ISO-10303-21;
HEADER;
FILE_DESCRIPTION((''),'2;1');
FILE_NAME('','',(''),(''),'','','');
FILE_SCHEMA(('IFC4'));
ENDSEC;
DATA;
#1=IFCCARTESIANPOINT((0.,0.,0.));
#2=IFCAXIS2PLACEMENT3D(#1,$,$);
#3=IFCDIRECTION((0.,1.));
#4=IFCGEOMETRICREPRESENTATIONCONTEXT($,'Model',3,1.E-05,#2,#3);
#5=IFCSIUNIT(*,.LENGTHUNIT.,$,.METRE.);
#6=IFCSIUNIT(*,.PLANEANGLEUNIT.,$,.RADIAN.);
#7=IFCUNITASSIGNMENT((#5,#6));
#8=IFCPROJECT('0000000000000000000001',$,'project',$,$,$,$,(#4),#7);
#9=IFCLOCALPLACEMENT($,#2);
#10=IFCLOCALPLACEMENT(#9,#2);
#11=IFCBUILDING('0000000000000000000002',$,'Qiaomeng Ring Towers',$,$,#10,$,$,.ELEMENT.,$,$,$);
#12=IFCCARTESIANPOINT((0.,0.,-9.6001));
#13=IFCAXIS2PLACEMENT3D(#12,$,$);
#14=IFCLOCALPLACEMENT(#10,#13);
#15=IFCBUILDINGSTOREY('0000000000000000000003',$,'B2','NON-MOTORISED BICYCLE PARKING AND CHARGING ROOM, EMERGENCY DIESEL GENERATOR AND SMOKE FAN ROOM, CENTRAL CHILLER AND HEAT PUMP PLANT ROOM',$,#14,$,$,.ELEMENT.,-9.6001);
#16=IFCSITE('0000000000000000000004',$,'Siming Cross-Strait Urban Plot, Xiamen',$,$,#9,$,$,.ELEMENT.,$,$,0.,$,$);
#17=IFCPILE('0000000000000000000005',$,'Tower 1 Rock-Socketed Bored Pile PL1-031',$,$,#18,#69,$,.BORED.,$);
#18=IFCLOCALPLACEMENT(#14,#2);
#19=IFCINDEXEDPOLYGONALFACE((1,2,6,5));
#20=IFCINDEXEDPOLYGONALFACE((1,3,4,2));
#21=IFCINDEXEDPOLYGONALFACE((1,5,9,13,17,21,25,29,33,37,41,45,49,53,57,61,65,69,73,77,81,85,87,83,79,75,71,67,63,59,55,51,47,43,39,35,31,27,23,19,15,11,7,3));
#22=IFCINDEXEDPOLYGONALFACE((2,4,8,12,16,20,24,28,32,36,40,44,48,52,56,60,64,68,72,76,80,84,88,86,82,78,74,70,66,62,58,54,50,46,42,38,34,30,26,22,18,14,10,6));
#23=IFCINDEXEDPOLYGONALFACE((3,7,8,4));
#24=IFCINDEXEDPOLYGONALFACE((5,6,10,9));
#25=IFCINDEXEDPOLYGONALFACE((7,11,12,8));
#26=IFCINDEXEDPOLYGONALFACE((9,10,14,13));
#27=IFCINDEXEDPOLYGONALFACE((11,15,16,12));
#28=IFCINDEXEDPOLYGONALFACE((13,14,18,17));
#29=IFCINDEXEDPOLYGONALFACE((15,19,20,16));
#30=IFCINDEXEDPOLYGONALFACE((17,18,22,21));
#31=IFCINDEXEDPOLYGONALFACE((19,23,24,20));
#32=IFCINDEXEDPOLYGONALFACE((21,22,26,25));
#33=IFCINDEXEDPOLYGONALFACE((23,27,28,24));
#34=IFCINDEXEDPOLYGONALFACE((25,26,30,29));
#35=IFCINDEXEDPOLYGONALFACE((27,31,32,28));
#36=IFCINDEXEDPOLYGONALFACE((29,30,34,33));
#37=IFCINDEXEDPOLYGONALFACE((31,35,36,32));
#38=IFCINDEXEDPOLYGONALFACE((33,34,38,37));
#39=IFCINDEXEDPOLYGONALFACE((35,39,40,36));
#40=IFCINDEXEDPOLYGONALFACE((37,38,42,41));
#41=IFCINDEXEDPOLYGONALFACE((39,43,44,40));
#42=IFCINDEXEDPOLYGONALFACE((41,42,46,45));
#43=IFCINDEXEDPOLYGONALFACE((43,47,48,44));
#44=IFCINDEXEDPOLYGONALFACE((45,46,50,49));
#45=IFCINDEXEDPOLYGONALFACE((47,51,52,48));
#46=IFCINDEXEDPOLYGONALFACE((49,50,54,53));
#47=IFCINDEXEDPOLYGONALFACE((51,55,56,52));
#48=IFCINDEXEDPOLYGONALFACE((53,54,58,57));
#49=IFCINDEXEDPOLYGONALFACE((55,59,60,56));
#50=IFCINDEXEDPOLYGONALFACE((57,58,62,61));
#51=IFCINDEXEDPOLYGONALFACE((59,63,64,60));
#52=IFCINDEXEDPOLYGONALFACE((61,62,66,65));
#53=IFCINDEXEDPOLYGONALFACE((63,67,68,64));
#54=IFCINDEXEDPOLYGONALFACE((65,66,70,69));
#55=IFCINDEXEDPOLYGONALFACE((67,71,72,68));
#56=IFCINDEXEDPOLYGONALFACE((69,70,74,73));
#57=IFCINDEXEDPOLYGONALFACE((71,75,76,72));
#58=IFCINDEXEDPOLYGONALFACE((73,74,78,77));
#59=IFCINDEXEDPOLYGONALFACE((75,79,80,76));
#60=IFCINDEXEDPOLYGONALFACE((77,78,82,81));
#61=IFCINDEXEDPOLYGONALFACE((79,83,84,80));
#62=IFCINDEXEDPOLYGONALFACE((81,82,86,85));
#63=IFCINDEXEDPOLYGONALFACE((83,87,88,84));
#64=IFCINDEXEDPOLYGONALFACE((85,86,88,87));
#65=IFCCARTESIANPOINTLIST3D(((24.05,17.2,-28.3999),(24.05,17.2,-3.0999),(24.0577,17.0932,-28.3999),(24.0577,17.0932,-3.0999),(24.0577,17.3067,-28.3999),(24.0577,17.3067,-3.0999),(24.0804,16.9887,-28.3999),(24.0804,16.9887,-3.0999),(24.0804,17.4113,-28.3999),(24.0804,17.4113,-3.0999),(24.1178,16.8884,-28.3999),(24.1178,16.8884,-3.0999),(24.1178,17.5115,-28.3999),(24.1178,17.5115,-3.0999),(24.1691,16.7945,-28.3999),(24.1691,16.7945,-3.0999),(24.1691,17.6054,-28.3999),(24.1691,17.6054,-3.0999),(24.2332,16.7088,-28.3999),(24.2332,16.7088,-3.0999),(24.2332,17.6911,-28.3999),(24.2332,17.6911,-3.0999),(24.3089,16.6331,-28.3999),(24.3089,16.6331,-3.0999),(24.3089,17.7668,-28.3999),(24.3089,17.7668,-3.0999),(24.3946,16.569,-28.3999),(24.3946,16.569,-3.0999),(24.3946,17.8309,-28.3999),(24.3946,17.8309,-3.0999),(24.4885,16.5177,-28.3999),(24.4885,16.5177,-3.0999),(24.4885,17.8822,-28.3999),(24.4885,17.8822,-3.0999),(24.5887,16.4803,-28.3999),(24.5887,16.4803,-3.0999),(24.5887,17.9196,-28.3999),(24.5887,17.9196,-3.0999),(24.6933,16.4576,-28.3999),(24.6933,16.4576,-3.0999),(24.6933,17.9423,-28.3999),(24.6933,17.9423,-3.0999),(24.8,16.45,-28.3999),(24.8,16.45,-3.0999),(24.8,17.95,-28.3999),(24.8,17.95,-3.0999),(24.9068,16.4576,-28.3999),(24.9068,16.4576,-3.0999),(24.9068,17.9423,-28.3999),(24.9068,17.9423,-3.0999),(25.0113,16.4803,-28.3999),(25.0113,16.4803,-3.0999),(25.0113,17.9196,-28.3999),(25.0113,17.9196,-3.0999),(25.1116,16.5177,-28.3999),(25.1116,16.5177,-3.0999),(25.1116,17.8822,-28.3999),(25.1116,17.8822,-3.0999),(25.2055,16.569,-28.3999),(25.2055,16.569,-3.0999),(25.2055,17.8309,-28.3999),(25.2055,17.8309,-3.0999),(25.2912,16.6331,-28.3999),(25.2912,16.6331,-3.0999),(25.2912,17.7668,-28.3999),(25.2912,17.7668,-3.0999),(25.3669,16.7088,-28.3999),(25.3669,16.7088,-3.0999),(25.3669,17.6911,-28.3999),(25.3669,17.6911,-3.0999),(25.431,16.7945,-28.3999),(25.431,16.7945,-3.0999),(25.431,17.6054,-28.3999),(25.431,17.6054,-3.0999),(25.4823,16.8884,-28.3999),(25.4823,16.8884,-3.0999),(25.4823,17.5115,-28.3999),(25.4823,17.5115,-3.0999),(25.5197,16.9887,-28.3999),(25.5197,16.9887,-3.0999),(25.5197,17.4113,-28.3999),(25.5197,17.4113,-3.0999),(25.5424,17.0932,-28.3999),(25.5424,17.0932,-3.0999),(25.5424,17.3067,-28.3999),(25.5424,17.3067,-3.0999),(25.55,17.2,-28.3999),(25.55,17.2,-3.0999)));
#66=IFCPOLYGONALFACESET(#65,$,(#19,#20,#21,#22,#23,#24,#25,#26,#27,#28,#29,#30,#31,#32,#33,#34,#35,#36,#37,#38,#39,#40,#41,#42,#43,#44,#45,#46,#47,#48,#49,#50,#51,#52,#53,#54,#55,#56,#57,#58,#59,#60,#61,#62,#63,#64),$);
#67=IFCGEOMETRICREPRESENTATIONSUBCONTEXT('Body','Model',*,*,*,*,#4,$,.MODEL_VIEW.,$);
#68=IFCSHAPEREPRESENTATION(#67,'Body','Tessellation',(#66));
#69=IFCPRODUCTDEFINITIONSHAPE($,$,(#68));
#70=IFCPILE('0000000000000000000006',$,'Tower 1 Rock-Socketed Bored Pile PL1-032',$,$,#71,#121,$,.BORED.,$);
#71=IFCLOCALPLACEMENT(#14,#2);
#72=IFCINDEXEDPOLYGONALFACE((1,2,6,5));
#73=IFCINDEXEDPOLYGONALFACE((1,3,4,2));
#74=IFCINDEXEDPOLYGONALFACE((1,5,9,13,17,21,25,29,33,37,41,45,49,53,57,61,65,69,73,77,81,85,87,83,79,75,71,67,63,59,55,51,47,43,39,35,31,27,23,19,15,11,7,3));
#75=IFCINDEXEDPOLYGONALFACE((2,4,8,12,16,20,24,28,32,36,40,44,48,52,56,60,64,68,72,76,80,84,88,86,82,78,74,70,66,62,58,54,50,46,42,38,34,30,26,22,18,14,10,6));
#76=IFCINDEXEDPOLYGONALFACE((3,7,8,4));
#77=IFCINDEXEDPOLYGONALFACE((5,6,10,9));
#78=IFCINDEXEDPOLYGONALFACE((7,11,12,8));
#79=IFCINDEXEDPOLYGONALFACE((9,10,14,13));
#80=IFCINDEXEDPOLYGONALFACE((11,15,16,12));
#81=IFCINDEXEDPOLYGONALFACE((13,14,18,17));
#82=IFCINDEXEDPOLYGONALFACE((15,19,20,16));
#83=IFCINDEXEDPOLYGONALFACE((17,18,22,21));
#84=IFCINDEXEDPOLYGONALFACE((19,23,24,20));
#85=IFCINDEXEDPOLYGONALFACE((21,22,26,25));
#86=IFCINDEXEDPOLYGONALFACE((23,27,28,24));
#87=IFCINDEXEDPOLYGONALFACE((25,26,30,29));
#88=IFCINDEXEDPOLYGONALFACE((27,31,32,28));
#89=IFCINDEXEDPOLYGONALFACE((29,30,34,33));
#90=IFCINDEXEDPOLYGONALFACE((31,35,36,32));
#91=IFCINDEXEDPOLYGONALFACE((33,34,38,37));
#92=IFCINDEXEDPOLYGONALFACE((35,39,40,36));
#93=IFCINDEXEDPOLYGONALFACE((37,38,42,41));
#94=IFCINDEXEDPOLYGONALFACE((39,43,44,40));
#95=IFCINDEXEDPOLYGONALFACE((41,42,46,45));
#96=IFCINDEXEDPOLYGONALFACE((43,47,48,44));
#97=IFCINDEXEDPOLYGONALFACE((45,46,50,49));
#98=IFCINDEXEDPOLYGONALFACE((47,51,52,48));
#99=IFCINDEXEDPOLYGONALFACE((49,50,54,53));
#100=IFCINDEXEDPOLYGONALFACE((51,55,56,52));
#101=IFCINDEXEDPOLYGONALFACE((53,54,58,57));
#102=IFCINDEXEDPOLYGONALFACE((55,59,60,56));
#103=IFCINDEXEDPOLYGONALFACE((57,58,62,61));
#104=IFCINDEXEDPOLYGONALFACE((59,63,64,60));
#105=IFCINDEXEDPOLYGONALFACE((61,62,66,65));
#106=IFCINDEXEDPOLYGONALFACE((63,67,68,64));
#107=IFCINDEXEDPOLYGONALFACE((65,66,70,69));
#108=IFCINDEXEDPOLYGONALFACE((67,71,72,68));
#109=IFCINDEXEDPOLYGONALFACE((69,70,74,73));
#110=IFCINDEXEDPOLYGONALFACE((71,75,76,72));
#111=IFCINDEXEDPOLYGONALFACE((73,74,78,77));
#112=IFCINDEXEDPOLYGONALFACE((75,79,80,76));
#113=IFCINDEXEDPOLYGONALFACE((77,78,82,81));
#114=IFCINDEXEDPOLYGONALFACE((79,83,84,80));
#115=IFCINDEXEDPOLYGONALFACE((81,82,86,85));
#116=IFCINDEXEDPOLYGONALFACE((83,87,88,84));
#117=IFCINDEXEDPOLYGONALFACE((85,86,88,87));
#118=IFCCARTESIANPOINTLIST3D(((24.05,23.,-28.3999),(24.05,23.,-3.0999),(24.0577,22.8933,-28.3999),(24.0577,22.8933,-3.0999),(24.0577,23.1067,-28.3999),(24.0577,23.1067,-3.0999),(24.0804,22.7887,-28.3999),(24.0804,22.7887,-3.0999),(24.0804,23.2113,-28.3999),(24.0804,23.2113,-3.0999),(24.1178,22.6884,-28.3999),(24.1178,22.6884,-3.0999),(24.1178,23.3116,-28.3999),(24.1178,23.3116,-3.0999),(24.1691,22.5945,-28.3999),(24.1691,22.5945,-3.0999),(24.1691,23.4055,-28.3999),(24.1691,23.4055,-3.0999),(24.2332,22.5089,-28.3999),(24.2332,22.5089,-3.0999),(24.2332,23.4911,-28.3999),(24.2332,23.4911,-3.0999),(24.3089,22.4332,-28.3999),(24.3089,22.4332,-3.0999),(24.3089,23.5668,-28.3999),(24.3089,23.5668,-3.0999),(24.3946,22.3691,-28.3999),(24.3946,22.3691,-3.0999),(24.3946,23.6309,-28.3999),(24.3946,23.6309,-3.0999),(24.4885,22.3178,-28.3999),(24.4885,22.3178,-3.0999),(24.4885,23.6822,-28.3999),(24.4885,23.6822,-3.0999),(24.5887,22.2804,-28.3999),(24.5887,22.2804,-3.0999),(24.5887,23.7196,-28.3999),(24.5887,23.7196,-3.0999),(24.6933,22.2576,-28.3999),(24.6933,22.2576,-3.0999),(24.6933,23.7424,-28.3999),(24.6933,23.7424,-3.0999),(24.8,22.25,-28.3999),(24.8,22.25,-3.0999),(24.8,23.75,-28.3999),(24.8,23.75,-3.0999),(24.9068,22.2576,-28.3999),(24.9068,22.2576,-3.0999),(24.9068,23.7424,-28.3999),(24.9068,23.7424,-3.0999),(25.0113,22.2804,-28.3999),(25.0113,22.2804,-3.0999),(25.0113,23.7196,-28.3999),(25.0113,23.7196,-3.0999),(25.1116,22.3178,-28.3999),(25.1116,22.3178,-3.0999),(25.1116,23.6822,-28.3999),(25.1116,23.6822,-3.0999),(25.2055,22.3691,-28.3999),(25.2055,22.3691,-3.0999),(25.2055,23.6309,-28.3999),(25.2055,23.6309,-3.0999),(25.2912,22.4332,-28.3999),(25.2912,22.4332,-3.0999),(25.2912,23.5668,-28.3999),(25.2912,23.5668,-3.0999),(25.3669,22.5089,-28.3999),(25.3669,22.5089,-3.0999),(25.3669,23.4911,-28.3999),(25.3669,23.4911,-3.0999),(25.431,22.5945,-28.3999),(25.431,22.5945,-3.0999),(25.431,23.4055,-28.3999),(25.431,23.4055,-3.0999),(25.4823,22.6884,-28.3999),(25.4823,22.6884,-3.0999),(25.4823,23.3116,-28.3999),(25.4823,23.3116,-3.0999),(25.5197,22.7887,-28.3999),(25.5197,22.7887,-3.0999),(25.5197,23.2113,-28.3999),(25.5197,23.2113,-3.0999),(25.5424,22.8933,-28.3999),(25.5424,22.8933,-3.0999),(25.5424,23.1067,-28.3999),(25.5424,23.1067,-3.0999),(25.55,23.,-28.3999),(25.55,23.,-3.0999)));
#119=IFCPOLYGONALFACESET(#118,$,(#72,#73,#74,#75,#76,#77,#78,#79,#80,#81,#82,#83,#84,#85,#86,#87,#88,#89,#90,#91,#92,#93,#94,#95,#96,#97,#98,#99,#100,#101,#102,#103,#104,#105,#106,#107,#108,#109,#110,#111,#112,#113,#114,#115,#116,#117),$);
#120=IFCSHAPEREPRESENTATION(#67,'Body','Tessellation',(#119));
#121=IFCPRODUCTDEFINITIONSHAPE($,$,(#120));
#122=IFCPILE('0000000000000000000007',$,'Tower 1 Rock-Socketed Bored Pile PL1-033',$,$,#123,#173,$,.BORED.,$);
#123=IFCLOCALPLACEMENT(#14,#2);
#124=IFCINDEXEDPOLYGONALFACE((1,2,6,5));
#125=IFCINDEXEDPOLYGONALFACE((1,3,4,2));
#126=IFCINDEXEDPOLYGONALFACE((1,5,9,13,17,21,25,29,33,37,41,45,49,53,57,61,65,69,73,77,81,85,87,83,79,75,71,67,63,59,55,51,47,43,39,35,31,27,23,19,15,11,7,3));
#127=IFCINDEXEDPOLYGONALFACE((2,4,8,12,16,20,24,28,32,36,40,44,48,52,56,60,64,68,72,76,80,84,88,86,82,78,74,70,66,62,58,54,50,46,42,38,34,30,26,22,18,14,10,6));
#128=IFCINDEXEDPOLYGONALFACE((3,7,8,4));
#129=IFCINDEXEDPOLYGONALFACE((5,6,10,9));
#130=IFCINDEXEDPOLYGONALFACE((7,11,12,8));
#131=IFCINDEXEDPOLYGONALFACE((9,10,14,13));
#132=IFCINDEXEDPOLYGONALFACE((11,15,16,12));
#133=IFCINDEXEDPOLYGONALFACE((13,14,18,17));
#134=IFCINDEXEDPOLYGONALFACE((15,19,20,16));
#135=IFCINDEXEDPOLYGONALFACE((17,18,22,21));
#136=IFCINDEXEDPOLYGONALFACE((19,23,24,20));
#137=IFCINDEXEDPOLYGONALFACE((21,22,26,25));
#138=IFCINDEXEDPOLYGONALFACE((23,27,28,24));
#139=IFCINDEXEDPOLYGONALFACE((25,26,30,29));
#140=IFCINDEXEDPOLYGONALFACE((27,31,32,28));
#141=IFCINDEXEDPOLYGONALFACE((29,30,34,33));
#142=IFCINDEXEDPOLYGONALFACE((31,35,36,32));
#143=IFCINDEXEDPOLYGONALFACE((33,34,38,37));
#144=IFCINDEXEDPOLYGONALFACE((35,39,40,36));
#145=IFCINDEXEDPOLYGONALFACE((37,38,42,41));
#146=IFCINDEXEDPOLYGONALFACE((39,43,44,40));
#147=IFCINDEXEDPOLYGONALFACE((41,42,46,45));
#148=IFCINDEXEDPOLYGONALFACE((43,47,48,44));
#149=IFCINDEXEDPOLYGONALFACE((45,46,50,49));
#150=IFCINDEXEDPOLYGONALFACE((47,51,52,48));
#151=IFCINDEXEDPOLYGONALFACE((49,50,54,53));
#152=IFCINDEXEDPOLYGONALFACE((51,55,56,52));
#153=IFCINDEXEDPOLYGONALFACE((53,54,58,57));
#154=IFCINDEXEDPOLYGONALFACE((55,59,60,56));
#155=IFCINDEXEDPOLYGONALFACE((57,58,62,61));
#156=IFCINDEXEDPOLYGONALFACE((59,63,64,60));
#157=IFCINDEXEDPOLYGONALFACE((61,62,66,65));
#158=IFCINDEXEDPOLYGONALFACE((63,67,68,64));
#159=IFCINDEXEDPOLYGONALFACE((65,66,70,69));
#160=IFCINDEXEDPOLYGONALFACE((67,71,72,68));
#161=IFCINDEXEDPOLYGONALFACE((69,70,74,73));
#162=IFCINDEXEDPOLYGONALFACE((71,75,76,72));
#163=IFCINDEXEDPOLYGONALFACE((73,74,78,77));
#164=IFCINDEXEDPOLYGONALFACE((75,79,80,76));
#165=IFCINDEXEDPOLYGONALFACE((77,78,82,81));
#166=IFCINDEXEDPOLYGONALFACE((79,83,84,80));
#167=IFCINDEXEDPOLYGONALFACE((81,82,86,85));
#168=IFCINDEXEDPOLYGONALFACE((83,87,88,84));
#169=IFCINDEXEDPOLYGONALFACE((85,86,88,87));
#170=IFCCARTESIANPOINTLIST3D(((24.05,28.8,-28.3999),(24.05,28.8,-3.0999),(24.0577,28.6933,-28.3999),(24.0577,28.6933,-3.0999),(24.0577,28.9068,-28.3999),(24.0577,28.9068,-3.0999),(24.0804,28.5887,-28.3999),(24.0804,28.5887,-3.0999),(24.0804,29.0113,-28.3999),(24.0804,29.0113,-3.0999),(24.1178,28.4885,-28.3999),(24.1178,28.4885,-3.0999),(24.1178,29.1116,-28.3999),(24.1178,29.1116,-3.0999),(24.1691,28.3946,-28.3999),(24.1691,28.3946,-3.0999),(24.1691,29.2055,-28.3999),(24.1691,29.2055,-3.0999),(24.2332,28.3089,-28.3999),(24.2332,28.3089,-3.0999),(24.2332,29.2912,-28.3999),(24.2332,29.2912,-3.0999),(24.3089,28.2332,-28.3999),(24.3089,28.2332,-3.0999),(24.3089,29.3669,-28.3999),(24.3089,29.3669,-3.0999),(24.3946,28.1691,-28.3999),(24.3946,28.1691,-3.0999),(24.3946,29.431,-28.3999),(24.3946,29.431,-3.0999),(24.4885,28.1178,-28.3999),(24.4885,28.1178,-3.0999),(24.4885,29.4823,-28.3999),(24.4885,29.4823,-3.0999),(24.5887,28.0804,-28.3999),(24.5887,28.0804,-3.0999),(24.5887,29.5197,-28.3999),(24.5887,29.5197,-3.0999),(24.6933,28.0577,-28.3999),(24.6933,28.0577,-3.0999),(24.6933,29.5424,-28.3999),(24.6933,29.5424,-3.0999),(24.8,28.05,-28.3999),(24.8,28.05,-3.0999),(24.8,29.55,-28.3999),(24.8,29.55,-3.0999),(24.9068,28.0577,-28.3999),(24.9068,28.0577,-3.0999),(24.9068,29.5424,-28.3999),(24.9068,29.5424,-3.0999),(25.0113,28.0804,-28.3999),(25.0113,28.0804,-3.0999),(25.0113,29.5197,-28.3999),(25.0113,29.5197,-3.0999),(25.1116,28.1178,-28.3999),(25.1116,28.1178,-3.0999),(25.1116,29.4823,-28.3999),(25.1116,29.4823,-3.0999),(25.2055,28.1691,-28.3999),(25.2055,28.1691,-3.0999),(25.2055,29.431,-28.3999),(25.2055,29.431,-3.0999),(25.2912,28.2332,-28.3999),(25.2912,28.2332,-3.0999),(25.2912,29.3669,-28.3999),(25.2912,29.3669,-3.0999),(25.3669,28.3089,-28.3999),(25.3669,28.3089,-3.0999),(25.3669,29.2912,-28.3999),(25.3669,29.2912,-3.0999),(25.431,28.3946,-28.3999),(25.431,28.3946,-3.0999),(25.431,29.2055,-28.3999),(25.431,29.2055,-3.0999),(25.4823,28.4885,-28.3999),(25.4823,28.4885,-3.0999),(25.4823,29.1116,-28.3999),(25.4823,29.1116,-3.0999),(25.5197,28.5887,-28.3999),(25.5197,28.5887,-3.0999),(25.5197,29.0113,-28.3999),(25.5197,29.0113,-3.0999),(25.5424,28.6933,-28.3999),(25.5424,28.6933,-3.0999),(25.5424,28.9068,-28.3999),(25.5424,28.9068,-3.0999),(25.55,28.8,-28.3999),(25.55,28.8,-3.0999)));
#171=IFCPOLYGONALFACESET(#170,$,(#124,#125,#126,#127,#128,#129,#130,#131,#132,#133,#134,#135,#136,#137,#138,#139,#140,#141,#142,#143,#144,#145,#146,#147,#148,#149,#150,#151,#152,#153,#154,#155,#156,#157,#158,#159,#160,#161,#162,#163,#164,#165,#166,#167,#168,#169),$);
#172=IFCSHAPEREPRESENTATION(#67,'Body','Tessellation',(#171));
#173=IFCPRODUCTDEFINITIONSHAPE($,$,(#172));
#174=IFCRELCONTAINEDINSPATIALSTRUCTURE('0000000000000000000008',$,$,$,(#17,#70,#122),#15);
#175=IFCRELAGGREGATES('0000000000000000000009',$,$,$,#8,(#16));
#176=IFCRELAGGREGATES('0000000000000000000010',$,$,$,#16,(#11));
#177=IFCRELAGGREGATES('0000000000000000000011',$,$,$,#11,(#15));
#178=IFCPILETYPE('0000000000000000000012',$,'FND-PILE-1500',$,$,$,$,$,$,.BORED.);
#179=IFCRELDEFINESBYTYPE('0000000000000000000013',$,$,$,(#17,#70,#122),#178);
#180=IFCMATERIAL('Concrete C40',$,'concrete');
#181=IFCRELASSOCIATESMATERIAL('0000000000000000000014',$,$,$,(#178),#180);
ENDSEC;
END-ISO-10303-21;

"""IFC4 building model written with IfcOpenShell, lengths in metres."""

from ifc_helpers import new_model, si_unit, direction, frame, origin, origin_2d, place, context, subcontext, project, spatial, circle, extrude, source, transform, mapped, material, material_profile, profile_set, type_object, element, save


model = new_model("IFC4")

# Units and contexts
model_context = context("Model", 3, precision=1e-05, world=origin(), true_north=direction((0.0, 1.0)))
body_context = subcontext(model_context, "Body", "Model", "MODEL_VIEW")
ifc_project = project(units=[si_unit("LENGTHUNIT", "METRE"), si_unit("PLANEANGLEUNIT", "RADIAN")], contexts=[model_context])

# Site, building, storey
site_placement = place(None, origin())
site = spatial("IfcSite", under=ifc_project, at=site_placement, Name="Siming Cross-Strait Urban Plot, Xiamen", CompositionType="ELEMENT", RefElevation=0.0)
building_placement = place(site_placement, origin())
building = spatial("IfcBuilding", under=site, at=building_placement, Name="Qiaomeng Ring Towers", CompositionType="ELEMENT")
storey_placement = place(building_placement, frame((0.0, 0.0, -9.6001)))
storey = spatial("IfcBuildingStorey", under=building, at=storey_placement, Name="B2", Description="NON-MOTORISED BICYCLE PARKING AND CHARGING ROOM, EMERGENCY DIESEL GENERATOR AND SMOKE FAN ROOM, CENTRAL CHILLER AND HEAT PUMP PLANT ROOM", CompositionType="ELEMENT", Elevation=-9.6001)

# Piles
ifc_material_1 = material(Name="Concrete C40", Category="concrete")
ifc_material_profile_1 = material_profile(ifc_material_1, circle(Radius=0.75, at=origin_2d()), Name="BORED PILE 1500")
ifc_profile_set_1 = profile_set([ifc_material_profile_1], Name="Concrete C40")
pile_type = type_object("IfcPileType", Name="FND-PILE-1500", PredefinedType="BORED", material=ifc_profile_set_1)
shared_shape_1 = source(origin(), body_context, "Body", "SweptSolid", [
    extrude(circle(Radius=0.75, at=origin_2d()), origin(), (0.0, 0.0, 1.0), 25.3),
])
for number, where, z_axis, x_axis, name in (
    (1, (24.8, 17.2, -3.0999), (0.0, 0.0, -1.0), (1.0, 0.0, 0.0), "Tower 1 Rock-Socketed Bored Pile PL1-031"),
    (2, (24.8, 23.0, -3.0999), (0.0, 0.0, -1.0), (1.0, 0.0, 0.0), "Tower 1 Rock-Socketed Bored Pile PL1-032"),
    (3, (24.8, 28.8, -3.0999), (0.0, 0.0, -1.0), (1.0, 0.0, 0.0), "Tower 1 Rock-Socketed Bored Pile PL1-033"),
):
    element("IfcPile", number, at=place(storey_placement, frame(where, z_axis=z_axis, x_axis=x_axis)), inside=storey, type_object=pile_type, Name=name, PredefinedType="BORED", context=body_context, shape_type="MappedRepresentation", body=[
        mapped(shared_shape_1, transform((0.0, 0.0, 0.0), x_axis=(1.0, 0.0, 0.0), y_axis=(0.0, 1.0, 0.0), z_axis=(0.0, 0.0, 1.0), scale=1.0)),
    ])

save(model, "model.ifc")
